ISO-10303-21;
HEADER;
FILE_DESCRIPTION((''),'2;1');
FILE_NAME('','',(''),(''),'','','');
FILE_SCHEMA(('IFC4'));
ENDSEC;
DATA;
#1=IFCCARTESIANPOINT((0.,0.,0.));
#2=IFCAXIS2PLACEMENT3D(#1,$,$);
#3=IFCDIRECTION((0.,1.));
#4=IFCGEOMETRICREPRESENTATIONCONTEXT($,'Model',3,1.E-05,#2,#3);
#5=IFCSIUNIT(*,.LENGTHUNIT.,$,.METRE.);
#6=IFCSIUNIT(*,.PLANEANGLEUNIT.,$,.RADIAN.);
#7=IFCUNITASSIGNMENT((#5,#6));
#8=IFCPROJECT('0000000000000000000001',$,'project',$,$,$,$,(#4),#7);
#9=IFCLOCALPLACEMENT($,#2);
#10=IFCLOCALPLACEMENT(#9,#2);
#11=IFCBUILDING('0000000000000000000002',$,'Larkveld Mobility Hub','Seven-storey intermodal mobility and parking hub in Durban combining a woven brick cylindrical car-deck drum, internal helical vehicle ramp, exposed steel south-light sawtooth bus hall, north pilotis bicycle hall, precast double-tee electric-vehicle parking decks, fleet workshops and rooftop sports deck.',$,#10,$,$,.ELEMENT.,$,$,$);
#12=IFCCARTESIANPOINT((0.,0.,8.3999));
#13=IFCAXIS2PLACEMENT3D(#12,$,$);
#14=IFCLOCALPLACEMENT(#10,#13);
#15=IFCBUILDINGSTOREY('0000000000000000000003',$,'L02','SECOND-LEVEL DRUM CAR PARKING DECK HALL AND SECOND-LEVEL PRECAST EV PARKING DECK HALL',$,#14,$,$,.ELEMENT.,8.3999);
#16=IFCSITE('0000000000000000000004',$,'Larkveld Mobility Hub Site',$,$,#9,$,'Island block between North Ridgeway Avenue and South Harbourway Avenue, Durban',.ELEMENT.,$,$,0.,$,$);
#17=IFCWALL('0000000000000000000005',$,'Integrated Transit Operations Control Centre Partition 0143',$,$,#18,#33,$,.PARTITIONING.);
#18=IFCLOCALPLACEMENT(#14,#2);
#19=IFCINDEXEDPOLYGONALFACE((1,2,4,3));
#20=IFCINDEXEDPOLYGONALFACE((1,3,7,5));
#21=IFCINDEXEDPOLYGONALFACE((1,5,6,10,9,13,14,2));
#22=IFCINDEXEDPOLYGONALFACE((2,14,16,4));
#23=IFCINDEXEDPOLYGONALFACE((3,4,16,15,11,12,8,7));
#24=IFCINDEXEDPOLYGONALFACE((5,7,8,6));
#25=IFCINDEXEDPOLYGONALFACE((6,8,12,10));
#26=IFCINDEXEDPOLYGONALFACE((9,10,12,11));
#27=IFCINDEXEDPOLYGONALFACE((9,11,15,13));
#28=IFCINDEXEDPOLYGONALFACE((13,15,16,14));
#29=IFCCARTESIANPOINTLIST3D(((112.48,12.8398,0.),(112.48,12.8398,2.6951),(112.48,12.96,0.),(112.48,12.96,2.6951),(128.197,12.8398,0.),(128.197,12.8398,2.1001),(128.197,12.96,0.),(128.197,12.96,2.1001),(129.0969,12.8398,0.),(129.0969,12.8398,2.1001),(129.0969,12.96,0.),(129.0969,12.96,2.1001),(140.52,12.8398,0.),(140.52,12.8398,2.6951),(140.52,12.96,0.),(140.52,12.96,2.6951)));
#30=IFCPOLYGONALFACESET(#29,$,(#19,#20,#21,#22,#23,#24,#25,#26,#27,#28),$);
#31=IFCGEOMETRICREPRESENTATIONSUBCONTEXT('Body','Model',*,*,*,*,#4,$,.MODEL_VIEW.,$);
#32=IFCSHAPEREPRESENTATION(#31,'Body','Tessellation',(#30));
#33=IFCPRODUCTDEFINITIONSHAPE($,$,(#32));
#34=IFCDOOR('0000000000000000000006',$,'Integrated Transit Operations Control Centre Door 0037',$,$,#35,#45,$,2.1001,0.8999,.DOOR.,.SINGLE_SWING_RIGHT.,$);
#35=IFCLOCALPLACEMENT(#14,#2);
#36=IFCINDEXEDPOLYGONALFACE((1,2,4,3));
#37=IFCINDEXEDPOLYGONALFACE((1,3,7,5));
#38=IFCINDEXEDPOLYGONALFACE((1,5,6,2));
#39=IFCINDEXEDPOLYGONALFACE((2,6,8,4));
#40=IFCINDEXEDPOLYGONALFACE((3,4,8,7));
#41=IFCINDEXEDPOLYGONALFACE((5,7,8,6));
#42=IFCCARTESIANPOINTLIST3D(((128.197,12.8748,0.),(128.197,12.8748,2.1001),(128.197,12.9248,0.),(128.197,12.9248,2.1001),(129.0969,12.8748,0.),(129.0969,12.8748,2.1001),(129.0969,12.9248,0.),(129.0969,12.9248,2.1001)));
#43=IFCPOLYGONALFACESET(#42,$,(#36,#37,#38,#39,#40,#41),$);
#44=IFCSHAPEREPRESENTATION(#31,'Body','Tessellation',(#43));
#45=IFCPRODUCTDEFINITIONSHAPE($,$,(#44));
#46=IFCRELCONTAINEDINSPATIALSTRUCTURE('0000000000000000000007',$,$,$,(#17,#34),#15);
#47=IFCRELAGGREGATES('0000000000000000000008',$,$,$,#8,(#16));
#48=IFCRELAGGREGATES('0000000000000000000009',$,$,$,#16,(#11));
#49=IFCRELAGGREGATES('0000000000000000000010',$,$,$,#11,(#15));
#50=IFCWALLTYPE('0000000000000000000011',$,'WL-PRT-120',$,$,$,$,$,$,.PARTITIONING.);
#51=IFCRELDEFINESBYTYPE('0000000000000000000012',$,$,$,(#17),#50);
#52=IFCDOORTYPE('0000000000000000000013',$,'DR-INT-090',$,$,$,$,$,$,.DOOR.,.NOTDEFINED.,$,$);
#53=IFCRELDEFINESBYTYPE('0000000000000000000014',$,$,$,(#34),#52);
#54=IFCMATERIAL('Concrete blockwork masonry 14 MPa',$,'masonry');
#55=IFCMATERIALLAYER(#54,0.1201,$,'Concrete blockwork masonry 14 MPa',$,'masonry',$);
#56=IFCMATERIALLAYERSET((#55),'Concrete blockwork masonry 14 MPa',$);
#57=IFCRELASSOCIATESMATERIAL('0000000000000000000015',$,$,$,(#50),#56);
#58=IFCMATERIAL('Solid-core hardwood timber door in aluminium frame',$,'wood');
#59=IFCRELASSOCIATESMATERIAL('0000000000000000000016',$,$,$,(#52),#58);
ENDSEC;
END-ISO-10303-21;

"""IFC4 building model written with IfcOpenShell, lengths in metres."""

from ifc_helpers import new_model, si_unit, direction, frame, frame_2d, origin, place, context, subcontext, project, spatial, rectangle, extrude, material, layer, layer_set, type_object, element, fill, save


model = new_model("IFC4")

# Units and contexts
model_context = context("Model", 3, precision=1e-05, world=origin(), true_north=direction((0.0, 1.0)))
body_context = subcontext(model_context, "Body", "Model", "MODEL_VIEW")
ifc_project = project(units=[si_unit("LENGTHUNIT", "METRE"), si_unit("PLANEANGLEUNIT", "RADIAN")], contexts=[model_context])

# Site, building, storey
site_placement = place(None, origin())
site = spatial("IfcSite", under=ifc_project, at=site_placement, Name="Larkveld Mobility Hub Site", LongName="Island block between North Ridgeway Avenue and South Harbourway Avenue, Durban", CompositionType="ELEMENT", RefElevation=0.0)
building_placement = place(site_placement, origin())
building = spatial("IfcBuilding", under=site, at=building_placement, Name="Larkveld Mobility Hub", Description="Seven-storey intermodal mobility and parking hub in Durban combining a woven brick cylindrical car-deck drum, internal helical vehicle ramp, exposed steel south-light sawtooth bus hall, north pilotis bicycle hall, precast double-tee electric-vehicle parking decks, fleet workshops and rooftop sports deck.", CompositionType="ELEMENT")
storey_placement = place(building_placement, frame((0.0, 0.0, 8.3999)))
storey = spatial("IfcBuildingStorey", under=building, at=storey_placement, Name="L02", Description="SECOND-LEVEL DRUM CAR PARKING DECK HALL AND SECOND-LEVEL PRECAST EV PARKING DECK HALL", CompositionType="ELEMENT", Elevation=8.3999)

# Wall, opening, door
ifc_material_1 = material(Name="Concrete blockwork masonry 14 MPa", Category="masonry")
ifc_layer_1 = layer(ifc_material_1, 0.1201, Name="Concrete blockwork masonry 14 MPa", Category="masonry")
ifc_layer_set_1 = layer_set([ifc_layer_1], Name="Concrete blockwork masonry 14 MPa")
wall_type = type_object("IfcWallType", Name="WL-PRT-120", PredefinedType="PARTITIONING", material=ifc_layer_set_1)
wall_placement = place(storey_placement, frame((112.48, 12.8999, 0.0), z_axis=(0.0, 0.0, 1.0), x_axis=(1.0, 0.0, 0.0)))
wall = element("IfcWall", 1, at=wall_placement, inside=storey, type_object=wall_type, Name="Integrated Transit Operations Control Centre Partition 0143", PredefinedType="PARTITIONING", context=body_context, shape_type="SweptSolid", body=[
    extrude(rectangle(XDim=28.04, YDim=0.1201, at=frame_2d((14.02, 0.0))), origin(), (0.0, 0.0, 1.0), 2.6951),
])
opening_placement = place(wall_placement, frame((15.717, 0.0, 0.0)))
opening = element("IfcOpeningElement", 2, at=opening_placement, cuts=wall, PredefinedType="OPENING", context=body_context, shape_type="SweptSolid", body=[
    extrude(rectangle(XDim=0.8999, YDim=2.1001, at=frame_2d((0.45, 1.05))), frame((0.0, 0.0701, 0.0), z_axis=(0.0, -1.0, 0.0), x_axis=(1.0, 0.0, 0.0)), (0.0, 0.0, 1.0), 0.1401),
])
ifc_material_2 = material(Name="Solid-core hardwood timber door in aluminium frame", Category="wood")
door_type = type_object("IfcDoorType", Name="DR-INT-090", OperationType="NOTDEFINED", PredefinedType="DOOR", material=ifc_material_2)
door_placement = place(opening_placement, origin())
door = element("IfcDoor", 3, at=door_placement, inside=storey, type_object=door_type, Name="Integrated Transit Operations Control Centre Door 0037", OperationType="SINGLE_SWING_RIGHT", OverallHeight=2.1001, OverallWidth=0.8999, PredefinedType="DOOR", context=body_context, shape_type="SweptSolid", body=[
    extrude(rectangle(XDim=0.8999, YDim=2.1001, at=frame_2d((0.45, 1.05))), frame((0.0, 0.0249, 0.0), z_axis=(0.0, -1.0, 0.0), x_axis=(1.0, 0.0, 0.0)), (0.0, 0.0, 1.0), 0.05),
])
fill(opening, door)

save(model, "model.ifc")
